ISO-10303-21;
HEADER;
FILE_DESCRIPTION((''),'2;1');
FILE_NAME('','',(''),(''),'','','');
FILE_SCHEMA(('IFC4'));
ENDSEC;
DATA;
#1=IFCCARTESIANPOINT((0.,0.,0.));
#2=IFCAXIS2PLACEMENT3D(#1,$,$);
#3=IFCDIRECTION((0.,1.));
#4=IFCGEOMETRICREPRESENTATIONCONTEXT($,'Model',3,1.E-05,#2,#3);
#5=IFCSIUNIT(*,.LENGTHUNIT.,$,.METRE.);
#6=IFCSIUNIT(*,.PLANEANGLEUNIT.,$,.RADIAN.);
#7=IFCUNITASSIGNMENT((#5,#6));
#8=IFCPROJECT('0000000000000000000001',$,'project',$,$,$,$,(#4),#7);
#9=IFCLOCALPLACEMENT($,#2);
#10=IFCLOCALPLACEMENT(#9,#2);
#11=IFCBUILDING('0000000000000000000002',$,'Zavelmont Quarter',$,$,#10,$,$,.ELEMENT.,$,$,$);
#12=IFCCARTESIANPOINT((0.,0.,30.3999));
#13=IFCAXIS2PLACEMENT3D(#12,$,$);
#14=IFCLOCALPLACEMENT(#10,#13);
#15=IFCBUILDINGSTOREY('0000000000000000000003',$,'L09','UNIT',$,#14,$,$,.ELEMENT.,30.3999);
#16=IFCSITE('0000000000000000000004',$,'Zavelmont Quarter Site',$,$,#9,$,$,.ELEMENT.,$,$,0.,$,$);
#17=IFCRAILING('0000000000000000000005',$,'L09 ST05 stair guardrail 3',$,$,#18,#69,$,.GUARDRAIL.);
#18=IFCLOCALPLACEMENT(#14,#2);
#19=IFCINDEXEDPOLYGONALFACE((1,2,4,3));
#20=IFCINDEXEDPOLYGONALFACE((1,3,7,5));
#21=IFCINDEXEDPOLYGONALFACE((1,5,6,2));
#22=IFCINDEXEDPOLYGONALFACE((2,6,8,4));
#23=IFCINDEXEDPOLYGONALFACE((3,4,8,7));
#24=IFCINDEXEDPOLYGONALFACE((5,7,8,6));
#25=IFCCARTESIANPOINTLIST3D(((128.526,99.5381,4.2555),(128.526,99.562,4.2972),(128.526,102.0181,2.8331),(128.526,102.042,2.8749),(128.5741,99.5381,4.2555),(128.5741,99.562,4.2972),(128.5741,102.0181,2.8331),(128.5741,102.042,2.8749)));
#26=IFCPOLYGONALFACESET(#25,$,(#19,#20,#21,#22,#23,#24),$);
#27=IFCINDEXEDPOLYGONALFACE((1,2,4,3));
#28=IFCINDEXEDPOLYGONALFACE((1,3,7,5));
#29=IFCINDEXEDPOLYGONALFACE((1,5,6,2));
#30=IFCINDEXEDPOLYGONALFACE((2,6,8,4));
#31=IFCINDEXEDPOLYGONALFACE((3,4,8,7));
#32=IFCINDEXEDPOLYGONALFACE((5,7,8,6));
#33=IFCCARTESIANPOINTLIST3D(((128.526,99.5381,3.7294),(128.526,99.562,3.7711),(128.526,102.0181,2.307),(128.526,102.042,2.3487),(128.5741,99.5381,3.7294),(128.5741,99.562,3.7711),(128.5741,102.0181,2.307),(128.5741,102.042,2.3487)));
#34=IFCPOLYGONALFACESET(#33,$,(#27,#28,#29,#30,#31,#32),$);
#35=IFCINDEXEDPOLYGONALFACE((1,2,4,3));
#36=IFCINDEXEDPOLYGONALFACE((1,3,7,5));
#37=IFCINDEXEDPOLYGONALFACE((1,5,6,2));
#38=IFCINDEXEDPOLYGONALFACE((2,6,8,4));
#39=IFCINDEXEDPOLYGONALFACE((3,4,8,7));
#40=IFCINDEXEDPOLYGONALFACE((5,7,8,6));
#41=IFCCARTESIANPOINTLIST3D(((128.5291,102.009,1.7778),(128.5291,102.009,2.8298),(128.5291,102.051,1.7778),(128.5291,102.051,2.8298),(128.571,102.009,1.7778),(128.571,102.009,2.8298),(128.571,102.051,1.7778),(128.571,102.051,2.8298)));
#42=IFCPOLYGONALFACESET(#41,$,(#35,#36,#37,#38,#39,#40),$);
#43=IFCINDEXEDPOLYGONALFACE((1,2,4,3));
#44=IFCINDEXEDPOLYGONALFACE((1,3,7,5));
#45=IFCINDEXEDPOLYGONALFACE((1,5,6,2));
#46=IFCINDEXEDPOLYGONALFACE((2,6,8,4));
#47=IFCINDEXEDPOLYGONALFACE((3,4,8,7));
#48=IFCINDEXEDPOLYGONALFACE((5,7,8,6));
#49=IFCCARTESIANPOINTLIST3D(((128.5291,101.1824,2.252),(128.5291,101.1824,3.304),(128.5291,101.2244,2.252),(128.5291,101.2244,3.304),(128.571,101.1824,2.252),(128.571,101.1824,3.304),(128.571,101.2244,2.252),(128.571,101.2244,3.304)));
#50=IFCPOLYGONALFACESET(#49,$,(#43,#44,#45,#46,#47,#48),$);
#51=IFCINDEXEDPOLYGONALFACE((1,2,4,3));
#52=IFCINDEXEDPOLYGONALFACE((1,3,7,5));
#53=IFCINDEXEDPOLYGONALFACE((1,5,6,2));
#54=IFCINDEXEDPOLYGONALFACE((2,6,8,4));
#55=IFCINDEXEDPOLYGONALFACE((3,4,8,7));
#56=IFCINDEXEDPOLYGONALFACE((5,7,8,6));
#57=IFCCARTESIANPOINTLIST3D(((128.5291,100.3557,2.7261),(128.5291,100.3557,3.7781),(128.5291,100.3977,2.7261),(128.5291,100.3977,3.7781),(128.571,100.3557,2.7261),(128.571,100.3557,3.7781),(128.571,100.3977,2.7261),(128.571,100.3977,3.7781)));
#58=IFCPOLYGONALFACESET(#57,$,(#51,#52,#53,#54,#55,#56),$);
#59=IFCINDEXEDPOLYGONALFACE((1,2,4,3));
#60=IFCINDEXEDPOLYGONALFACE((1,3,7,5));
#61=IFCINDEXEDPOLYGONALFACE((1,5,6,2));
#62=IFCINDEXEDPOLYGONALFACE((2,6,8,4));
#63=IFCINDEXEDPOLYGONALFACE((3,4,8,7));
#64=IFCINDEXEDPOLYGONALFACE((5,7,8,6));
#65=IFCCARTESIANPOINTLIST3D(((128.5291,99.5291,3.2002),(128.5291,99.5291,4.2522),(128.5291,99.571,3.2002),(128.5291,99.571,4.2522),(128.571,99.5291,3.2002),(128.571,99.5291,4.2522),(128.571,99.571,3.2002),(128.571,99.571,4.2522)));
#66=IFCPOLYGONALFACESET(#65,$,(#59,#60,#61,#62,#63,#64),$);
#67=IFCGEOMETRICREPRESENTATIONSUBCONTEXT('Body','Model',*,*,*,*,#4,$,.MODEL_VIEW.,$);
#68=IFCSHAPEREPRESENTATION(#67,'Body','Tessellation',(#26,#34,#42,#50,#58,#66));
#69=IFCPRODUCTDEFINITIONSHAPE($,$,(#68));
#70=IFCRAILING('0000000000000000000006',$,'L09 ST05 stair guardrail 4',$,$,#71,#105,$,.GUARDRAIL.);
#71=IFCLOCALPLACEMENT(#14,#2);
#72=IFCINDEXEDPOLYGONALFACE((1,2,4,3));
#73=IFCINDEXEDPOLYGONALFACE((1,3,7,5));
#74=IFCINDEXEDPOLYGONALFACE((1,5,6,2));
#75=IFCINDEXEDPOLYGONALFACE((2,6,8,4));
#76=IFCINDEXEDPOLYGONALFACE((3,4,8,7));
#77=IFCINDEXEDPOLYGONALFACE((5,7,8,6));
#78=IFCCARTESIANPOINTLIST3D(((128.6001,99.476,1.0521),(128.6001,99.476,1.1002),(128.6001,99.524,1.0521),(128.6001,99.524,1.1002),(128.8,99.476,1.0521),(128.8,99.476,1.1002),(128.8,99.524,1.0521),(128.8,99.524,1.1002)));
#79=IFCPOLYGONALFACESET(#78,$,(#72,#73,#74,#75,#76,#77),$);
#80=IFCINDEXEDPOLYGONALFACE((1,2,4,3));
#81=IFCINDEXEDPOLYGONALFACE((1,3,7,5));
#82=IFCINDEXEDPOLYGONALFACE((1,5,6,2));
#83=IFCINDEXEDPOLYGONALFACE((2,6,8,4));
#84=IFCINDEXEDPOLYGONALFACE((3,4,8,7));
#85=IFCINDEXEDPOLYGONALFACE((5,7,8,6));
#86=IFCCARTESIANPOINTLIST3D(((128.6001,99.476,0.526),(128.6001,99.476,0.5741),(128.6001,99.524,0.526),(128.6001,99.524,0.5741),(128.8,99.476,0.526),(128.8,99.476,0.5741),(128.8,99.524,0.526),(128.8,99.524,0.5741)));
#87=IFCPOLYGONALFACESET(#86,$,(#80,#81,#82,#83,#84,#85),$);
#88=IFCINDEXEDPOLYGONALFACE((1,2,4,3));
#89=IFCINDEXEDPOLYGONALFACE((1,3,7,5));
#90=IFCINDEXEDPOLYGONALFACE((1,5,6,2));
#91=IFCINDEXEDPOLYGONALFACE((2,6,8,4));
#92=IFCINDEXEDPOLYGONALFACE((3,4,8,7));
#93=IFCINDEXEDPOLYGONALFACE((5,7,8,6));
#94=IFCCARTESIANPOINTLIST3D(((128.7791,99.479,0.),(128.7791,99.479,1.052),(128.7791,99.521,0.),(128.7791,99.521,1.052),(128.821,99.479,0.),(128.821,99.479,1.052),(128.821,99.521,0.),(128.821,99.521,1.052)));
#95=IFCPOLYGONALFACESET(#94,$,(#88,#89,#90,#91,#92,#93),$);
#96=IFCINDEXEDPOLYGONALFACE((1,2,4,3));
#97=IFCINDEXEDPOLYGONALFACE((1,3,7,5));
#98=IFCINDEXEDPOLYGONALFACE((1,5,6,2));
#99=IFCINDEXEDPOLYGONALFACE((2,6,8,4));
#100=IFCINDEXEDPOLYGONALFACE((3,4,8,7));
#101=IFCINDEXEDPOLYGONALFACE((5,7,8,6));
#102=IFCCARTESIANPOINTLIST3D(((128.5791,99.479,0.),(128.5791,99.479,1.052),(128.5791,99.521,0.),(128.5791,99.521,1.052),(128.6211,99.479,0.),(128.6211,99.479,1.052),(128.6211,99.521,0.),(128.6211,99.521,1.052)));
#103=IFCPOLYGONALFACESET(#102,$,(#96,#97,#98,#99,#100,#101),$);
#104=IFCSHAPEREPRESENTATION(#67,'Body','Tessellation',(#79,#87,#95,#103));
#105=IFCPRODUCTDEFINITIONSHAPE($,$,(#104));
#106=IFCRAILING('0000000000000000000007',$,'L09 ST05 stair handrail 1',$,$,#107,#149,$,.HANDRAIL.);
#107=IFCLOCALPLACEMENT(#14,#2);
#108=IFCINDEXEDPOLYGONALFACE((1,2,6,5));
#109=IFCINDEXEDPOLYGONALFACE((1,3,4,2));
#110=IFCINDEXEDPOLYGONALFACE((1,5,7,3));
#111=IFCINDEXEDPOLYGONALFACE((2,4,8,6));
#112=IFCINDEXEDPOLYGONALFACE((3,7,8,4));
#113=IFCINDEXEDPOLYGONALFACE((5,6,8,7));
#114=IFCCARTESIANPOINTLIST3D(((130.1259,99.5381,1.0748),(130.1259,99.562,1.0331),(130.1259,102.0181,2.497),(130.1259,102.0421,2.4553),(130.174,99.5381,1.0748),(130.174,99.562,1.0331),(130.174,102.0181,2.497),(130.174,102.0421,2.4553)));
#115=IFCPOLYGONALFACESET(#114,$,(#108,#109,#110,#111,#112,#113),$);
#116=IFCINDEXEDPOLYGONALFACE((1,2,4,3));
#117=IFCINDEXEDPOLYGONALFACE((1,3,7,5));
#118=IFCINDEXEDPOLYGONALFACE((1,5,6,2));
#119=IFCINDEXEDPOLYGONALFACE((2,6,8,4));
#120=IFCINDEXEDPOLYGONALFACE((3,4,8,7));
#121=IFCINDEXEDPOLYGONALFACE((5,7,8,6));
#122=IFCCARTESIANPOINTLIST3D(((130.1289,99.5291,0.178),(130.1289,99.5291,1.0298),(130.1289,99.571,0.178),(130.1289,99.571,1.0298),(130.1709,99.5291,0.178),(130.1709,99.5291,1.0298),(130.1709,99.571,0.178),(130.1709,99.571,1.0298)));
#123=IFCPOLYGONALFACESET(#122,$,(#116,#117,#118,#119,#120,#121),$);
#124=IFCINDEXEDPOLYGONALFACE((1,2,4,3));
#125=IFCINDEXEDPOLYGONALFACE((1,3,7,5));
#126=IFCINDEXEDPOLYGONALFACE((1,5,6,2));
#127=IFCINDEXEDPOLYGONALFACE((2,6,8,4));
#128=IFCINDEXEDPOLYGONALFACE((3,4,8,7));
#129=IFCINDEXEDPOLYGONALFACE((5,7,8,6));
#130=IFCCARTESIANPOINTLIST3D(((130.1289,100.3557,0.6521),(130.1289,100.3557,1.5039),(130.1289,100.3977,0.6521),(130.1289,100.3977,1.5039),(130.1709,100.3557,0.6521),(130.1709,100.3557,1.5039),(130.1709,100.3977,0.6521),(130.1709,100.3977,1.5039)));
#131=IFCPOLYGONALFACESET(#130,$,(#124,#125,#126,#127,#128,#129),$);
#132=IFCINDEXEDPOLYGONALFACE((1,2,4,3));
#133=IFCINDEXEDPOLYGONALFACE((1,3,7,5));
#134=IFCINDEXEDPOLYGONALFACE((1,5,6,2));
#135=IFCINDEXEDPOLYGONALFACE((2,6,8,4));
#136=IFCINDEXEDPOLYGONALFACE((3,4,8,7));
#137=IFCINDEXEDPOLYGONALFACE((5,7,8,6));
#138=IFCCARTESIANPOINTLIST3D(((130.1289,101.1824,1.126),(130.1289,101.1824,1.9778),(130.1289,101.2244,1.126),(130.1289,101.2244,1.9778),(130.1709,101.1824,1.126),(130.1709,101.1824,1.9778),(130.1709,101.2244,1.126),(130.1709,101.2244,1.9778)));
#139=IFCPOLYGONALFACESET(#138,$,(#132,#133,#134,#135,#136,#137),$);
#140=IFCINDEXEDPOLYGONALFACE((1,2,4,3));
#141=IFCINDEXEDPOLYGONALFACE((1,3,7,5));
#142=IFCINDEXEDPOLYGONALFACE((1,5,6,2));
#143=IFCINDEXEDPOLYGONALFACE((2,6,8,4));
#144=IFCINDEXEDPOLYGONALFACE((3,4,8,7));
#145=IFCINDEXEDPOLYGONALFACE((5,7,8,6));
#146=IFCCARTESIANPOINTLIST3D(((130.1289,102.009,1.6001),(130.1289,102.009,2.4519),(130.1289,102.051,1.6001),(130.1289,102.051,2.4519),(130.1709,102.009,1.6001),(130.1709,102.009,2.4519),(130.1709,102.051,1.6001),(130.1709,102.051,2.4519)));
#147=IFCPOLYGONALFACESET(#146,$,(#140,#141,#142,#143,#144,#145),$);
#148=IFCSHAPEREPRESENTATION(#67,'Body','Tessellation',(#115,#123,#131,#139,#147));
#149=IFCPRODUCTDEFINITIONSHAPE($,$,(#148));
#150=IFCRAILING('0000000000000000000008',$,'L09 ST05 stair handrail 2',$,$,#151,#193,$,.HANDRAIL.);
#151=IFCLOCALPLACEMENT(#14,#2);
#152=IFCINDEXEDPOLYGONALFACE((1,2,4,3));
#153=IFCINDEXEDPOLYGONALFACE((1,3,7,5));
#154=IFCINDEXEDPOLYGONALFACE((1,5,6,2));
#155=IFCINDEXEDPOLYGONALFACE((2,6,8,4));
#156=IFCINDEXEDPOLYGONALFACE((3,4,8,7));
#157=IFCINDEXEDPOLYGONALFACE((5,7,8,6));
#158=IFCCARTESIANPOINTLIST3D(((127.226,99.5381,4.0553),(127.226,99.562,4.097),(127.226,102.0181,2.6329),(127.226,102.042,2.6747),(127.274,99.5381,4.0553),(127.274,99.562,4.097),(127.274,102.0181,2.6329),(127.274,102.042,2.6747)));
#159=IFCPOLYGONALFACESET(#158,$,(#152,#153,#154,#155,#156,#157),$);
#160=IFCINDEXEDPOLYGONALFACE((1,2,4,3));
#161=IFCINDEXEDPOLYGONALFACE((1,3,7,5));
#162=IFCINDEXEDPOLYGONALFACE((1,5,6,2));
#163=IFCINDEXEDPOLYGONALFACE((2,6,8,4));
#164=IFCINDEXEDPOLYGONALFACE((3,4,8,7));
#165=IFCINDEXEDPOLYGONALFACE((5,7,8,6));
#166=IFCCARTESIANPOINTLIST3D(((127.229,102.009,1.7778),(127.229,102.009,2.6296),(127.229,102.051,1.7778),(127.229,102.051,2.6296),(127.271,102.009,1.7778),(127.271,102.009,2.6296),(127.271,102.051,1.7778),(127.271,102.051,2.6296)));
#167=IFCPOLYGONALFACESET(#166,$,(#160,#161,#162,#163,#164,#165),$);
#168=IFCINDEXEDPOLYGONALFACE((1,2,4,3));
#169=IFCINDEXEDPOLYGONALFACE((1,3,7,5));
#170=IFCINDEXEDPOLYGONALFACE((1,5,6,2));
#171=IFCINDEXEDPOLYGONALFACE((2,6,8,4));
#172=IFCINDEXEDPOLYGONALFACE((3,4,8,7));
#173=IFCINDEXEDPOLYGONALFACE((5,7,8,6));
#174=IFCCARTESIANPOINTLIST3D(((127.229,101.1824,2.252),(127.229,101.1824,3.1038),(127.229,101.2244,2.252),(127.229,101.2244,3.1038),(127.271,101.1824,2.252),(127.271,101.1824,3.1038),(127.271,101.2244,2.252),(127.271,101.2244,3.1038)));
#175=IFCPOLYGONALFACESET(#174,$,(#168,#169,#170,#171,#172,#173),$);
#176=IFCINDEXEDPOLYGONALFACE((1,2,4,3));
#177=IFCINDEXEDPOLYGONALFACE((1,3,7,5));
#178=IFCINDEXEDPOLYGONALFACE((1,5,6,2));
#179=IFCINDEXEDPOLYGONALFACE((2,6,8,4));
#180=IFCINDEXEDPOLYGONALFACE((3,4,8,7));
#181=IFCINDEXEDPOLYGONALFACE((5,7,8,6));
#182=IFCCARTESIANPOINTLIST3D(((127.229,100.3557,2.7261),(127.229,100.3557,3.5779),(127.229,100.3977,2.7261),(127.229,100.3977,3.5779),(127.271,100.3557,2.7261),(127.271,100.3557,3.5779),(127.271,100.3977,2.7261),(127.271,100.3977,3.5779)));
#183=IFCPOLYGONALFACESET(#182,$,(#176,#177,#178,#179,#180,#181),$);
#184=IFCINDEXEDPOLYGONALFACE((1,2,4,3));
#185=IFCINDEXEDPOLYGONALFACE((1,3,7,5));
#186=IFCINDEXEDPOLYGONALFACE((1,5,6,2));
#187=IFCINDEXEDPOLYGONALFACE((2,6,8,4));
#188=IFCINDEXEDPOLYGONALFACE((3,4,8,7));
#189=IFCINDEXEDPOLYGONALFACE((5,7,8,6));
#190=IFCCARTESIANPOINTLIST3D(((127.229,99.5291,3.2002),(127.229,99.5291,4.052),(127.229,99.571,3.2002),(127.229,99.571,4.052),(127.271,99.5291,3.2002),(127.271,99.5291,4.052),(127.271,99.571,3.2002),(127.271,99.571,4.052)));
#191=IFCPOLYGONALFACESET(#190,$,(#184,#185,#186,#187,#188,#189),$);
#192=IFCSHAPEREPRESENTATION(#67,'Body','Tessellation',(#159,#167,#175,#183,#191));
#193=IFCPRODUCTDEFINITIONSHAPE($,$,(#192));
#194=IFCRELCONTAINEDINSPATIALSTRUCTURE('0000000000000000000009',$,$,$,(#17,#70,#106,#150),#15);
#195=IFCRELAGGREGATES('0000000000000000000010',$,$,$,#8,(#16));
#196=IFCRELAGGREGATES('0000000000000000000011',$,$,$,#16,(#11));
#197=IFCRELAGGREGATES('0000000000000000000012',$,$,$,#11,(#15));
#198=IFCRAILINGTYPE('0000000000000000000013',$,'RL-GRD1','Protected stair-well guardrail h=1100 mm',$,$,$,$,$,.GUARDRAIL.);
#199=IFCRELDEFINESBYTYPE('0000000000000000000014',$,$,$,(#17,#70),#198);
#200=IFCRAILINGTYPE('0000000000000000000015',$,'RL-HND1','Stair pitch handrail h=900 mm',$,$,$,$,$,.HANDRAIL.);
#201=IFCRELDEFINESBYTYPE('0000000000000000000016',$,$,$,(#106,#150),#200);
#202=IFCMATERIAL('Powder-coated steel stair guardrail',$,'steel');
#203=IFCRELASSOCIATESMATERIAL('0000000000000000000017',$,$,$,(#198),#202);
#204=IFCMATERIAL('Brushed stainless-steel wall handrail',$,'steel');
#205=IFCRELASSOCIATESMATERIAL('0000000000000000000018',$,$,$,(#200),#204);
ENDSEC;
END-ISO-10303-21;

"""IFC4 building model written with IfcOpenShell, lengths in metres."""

from ifc_helpers import new_model, si_unit, direction, frame, origin, origin_2d, place, context, subcontext, project, spatial, rectangle, extrude, material, type_object, element, save


model = new_model("IFC4")

# Units and contexts
model_context = context("Model", 3, precision=1e-05, world=origin(), true_north=direction((0.0, 1.0)))
body_context = subcontext(model_context, "Body", "Model", "MODEL_VIEW")
ifc_project = project(units=[si_unit("LENGTHUNIT", "METRE"), si_unit("PLANEANGLEUNIT", "RADIAN")], contexts=[model_context])

# Site, building, storey
site_placement = place(None, origin())
site = spatial("IfcSite", under=ifc_project, at=site_placement, Name="Zavelmont Quarter Site", CompositionType="ELEMENT", RefElevation=0.0)
building_placement = place(site_placement, origin())
building = spatial("IfcBuilding", under=site, at=building_placement, Name="Zavelmont Quarter", CompositionType="ELEMENT")
storey_placement = place(building_placement, frame((0.0, 0.0, 30.3999)))
storey = spatial("IfcBuildingStorey", under=building, at=storey_placement, Name="L09", Description="UNIT", CompositionType="ELEMENT", Elevation=30.3999)

# Railings
ifc_material_1 = material(Name="Powder-coated steel stair guardrail", Category="steel")
railing_type_1 = type_object("IfcRailingType", Name="RL-GRD1", Description="Protected stair-well guardrail h=1100 mm", PredefinedType="GUARDRAIL", material=ifc_material_1)
railing_1_placement = place(storey_placement, frame((128.55, 102.03, 1.7778)))
element("IfcRailing", 1, at=railing_1_placement, inside=storey, type_object=railing_type_1, Name="L09 ST05 stair guardrail 3", PredefinedType="GUARDRAIL", context=body_context, shape_type="SweptSolid", body=[
    extrude(rectangle(XDim=0.0481, YDim=0.0481, at=origin_2d()), frame((0.0, 0.0, 1.0762), z_axis=(0.0, -0.867454, 0.497518), x_axis=(1.0, 0.0, 0.0)), (0.0, 0.0, 1.0), 2.8589),
    extrude(rectangle(XDim=0.0481, YDim=0.0481, at=origin_2d()), frame((0.0, 0.0, 0.55), z_axis=(0.0, -0.867454, 0.497518), x_axis=(1.0, 0.0, 0.0)), (0.0, 0.0, 1.0), 2.8589),
    extrude(rectangle(XDim=0.042, YDim=0.042, at=origin_2d()), origin(), (0.0, 0.0, 1.0), 1.052),
    extrude(rectangle(XDim=0.042, YDim=0.042, at=origin_2d()), frame((0.0, -0.8267, 0.4741)), (0.0, 0.0, 1.0), 1.052),
    extrude(rectangle(XDim=0.042, YDim=0.042, at=origin_2d()), frame((0.0, -1.6533, 0.9482)), (0.0, 0.0, 1.0), 1.052),
    extrude(rectangle(XDim=0.042, YDim=0.042, at=origin_2d()), frame((0.0, -2.48, 1.4224)), (0.0, 0.0, 1.0), 1.052),
])
railing_2_placement = place(storey_placement, frame((128.8, 99.5, 0.0)))
element("IfcRailing", 2, at=railing_2_placement, inside=storey, type_object=railing_type_1, Name="L09 ST05 stair guardrail 4", PredefinedType="GUARDRAIL", context=body_context, shape_type="SweptSolid", body=[
    extrude(rectangle(XDim=0.0481, YDim=0.0481, at=origin_2d()), frame((0.0, 0.0, 1.0762), z_axis=(-1.0, 0.0, 0.0), x_axis=(0.0, -1.0, 0.0)), (0.0, 0.0, 1.0), 0.2),
    extrude(rectangle(XDim=0.0481, YDim=0.0481, at=origin_2d()), frame((0.0, 0.0, 0.55), z_axis=(-1.0, 0.0, 0.0), x_axis=(0.0, -1.0, 0.0)), (0.0, 0.0, 1.0), 0.2),
    extrude(rectangle(XDim=0.042, YDim=0.042, at=origin_2d()), origin(), (0.0, 0.0, 1.0), 1.052),
    extrude(rectangle(XDim=0.042, YDim=0.042, at=origin_2d()), frame((-0.2, 0.0, 0.0)), (0.0, 0.0, 1.0), 1.052),
])
ifc_material_2 = material(Name="Brushed stainless-steel wall handrail", Category="steel")
railing_type_2 = type_object("IfcRailingType", Name="RL-HND1", Description="Stair pitch handrail h=900 mm", PredefinedType="HANDRAIL", material=ifc_material_2)
railing_3_placement = place(storey_placement, frame((130.1499, 99.55, 0.178)))
element("IfcRailing", 3, at=railing_3_placement, inside=storey, type_object=railing_type_2, Name="L09 ST05 stair handrail 1", PredefinedType="HANDRAIL", context=body_context, shape_type="SweptSolid", body=[
    extrude(rectangle(XDim=0.0481, YDim=0.0481, at=origin_2d()), frame((0.0, 0.0, 0.876), z_axis=(0.0, 0.867491, 0.497454), x_axis=(-1.0, 0.0, 0.0)), (0.0, 0.0, 1.0), 2.8589),
    extrude(rectangle(XDim=0.042, YDim=0.042, at=origin_2d()), origin(), (0.0, 0.0, 1.0), 0.8518),
    extrude(rectangle(XDim=0.042, YDim=0.042, at=origin_2d()), frame((0.0, 0.8267, 0.4741)), (0.0, 0.0, 1.0), 0.8518),
    extrude(rectangle(XDim=0.042, YDim=0.042, at=origin_2d()), frame((0.0, 1.6533, 0.948)), (0.0, 0.0, 1.0), 0.8518),
    extrude(rectangle(XDim=0.042, YDim=0.042, at=origin_2d()), frame((0.0, 2.48, 1.4221)), (0.0, 0.0, 1.0), 0.8518),
])
railing_4_placement = place(storey_placement, frame((127.25, 102.03, 1.7778)))
element("IfcRailing", 4, at=railing_4_placement, inside=storey, type_object=railing_type_2, Name="L09 ST05 stair handrail 2", PredefinedType="HANDRAIL", context=body_context, shape_type="SweptSolid", body=[
    extrude(rectangle(XDim=0.0481, YDim=0.0481, at=origin_2d()), frame((0.0, 0.0, 0.876), z_axis=(0.0, -0.867454, 0.497518), x_axis=(1.0, 0.0, 0.0)), (0.0, 0.0, 1.0), 2.8589),
    extrude(rectangle(XDim=0.042, YDim=0.042, at=origin_2d()), origin(), (0.0, 0.0, 1.0), 0.8518),
    extrude(rectangle(XDim=0.042, YDim=0.042, at=origin_2d()), frame((0.0, -0.8267, 0.4741)), (0.0, 0.0, 1.0), 0.8518),
    extrude(rectangle(XDim=0.042, YDim=0.042, at=origin_2d()), frame((0.0, -1.6533, 0.9482)), (0.0, 0.0, 1.0), 0.8518),
    extrude(rectangle(XDim=0.042, YDim=0.042, at=origin_2d()), frame((0.0, -2.48, 1.4224)), (0.0, 0.0, 1.0), 0.8518),
])

save(model, "model.ifc")
